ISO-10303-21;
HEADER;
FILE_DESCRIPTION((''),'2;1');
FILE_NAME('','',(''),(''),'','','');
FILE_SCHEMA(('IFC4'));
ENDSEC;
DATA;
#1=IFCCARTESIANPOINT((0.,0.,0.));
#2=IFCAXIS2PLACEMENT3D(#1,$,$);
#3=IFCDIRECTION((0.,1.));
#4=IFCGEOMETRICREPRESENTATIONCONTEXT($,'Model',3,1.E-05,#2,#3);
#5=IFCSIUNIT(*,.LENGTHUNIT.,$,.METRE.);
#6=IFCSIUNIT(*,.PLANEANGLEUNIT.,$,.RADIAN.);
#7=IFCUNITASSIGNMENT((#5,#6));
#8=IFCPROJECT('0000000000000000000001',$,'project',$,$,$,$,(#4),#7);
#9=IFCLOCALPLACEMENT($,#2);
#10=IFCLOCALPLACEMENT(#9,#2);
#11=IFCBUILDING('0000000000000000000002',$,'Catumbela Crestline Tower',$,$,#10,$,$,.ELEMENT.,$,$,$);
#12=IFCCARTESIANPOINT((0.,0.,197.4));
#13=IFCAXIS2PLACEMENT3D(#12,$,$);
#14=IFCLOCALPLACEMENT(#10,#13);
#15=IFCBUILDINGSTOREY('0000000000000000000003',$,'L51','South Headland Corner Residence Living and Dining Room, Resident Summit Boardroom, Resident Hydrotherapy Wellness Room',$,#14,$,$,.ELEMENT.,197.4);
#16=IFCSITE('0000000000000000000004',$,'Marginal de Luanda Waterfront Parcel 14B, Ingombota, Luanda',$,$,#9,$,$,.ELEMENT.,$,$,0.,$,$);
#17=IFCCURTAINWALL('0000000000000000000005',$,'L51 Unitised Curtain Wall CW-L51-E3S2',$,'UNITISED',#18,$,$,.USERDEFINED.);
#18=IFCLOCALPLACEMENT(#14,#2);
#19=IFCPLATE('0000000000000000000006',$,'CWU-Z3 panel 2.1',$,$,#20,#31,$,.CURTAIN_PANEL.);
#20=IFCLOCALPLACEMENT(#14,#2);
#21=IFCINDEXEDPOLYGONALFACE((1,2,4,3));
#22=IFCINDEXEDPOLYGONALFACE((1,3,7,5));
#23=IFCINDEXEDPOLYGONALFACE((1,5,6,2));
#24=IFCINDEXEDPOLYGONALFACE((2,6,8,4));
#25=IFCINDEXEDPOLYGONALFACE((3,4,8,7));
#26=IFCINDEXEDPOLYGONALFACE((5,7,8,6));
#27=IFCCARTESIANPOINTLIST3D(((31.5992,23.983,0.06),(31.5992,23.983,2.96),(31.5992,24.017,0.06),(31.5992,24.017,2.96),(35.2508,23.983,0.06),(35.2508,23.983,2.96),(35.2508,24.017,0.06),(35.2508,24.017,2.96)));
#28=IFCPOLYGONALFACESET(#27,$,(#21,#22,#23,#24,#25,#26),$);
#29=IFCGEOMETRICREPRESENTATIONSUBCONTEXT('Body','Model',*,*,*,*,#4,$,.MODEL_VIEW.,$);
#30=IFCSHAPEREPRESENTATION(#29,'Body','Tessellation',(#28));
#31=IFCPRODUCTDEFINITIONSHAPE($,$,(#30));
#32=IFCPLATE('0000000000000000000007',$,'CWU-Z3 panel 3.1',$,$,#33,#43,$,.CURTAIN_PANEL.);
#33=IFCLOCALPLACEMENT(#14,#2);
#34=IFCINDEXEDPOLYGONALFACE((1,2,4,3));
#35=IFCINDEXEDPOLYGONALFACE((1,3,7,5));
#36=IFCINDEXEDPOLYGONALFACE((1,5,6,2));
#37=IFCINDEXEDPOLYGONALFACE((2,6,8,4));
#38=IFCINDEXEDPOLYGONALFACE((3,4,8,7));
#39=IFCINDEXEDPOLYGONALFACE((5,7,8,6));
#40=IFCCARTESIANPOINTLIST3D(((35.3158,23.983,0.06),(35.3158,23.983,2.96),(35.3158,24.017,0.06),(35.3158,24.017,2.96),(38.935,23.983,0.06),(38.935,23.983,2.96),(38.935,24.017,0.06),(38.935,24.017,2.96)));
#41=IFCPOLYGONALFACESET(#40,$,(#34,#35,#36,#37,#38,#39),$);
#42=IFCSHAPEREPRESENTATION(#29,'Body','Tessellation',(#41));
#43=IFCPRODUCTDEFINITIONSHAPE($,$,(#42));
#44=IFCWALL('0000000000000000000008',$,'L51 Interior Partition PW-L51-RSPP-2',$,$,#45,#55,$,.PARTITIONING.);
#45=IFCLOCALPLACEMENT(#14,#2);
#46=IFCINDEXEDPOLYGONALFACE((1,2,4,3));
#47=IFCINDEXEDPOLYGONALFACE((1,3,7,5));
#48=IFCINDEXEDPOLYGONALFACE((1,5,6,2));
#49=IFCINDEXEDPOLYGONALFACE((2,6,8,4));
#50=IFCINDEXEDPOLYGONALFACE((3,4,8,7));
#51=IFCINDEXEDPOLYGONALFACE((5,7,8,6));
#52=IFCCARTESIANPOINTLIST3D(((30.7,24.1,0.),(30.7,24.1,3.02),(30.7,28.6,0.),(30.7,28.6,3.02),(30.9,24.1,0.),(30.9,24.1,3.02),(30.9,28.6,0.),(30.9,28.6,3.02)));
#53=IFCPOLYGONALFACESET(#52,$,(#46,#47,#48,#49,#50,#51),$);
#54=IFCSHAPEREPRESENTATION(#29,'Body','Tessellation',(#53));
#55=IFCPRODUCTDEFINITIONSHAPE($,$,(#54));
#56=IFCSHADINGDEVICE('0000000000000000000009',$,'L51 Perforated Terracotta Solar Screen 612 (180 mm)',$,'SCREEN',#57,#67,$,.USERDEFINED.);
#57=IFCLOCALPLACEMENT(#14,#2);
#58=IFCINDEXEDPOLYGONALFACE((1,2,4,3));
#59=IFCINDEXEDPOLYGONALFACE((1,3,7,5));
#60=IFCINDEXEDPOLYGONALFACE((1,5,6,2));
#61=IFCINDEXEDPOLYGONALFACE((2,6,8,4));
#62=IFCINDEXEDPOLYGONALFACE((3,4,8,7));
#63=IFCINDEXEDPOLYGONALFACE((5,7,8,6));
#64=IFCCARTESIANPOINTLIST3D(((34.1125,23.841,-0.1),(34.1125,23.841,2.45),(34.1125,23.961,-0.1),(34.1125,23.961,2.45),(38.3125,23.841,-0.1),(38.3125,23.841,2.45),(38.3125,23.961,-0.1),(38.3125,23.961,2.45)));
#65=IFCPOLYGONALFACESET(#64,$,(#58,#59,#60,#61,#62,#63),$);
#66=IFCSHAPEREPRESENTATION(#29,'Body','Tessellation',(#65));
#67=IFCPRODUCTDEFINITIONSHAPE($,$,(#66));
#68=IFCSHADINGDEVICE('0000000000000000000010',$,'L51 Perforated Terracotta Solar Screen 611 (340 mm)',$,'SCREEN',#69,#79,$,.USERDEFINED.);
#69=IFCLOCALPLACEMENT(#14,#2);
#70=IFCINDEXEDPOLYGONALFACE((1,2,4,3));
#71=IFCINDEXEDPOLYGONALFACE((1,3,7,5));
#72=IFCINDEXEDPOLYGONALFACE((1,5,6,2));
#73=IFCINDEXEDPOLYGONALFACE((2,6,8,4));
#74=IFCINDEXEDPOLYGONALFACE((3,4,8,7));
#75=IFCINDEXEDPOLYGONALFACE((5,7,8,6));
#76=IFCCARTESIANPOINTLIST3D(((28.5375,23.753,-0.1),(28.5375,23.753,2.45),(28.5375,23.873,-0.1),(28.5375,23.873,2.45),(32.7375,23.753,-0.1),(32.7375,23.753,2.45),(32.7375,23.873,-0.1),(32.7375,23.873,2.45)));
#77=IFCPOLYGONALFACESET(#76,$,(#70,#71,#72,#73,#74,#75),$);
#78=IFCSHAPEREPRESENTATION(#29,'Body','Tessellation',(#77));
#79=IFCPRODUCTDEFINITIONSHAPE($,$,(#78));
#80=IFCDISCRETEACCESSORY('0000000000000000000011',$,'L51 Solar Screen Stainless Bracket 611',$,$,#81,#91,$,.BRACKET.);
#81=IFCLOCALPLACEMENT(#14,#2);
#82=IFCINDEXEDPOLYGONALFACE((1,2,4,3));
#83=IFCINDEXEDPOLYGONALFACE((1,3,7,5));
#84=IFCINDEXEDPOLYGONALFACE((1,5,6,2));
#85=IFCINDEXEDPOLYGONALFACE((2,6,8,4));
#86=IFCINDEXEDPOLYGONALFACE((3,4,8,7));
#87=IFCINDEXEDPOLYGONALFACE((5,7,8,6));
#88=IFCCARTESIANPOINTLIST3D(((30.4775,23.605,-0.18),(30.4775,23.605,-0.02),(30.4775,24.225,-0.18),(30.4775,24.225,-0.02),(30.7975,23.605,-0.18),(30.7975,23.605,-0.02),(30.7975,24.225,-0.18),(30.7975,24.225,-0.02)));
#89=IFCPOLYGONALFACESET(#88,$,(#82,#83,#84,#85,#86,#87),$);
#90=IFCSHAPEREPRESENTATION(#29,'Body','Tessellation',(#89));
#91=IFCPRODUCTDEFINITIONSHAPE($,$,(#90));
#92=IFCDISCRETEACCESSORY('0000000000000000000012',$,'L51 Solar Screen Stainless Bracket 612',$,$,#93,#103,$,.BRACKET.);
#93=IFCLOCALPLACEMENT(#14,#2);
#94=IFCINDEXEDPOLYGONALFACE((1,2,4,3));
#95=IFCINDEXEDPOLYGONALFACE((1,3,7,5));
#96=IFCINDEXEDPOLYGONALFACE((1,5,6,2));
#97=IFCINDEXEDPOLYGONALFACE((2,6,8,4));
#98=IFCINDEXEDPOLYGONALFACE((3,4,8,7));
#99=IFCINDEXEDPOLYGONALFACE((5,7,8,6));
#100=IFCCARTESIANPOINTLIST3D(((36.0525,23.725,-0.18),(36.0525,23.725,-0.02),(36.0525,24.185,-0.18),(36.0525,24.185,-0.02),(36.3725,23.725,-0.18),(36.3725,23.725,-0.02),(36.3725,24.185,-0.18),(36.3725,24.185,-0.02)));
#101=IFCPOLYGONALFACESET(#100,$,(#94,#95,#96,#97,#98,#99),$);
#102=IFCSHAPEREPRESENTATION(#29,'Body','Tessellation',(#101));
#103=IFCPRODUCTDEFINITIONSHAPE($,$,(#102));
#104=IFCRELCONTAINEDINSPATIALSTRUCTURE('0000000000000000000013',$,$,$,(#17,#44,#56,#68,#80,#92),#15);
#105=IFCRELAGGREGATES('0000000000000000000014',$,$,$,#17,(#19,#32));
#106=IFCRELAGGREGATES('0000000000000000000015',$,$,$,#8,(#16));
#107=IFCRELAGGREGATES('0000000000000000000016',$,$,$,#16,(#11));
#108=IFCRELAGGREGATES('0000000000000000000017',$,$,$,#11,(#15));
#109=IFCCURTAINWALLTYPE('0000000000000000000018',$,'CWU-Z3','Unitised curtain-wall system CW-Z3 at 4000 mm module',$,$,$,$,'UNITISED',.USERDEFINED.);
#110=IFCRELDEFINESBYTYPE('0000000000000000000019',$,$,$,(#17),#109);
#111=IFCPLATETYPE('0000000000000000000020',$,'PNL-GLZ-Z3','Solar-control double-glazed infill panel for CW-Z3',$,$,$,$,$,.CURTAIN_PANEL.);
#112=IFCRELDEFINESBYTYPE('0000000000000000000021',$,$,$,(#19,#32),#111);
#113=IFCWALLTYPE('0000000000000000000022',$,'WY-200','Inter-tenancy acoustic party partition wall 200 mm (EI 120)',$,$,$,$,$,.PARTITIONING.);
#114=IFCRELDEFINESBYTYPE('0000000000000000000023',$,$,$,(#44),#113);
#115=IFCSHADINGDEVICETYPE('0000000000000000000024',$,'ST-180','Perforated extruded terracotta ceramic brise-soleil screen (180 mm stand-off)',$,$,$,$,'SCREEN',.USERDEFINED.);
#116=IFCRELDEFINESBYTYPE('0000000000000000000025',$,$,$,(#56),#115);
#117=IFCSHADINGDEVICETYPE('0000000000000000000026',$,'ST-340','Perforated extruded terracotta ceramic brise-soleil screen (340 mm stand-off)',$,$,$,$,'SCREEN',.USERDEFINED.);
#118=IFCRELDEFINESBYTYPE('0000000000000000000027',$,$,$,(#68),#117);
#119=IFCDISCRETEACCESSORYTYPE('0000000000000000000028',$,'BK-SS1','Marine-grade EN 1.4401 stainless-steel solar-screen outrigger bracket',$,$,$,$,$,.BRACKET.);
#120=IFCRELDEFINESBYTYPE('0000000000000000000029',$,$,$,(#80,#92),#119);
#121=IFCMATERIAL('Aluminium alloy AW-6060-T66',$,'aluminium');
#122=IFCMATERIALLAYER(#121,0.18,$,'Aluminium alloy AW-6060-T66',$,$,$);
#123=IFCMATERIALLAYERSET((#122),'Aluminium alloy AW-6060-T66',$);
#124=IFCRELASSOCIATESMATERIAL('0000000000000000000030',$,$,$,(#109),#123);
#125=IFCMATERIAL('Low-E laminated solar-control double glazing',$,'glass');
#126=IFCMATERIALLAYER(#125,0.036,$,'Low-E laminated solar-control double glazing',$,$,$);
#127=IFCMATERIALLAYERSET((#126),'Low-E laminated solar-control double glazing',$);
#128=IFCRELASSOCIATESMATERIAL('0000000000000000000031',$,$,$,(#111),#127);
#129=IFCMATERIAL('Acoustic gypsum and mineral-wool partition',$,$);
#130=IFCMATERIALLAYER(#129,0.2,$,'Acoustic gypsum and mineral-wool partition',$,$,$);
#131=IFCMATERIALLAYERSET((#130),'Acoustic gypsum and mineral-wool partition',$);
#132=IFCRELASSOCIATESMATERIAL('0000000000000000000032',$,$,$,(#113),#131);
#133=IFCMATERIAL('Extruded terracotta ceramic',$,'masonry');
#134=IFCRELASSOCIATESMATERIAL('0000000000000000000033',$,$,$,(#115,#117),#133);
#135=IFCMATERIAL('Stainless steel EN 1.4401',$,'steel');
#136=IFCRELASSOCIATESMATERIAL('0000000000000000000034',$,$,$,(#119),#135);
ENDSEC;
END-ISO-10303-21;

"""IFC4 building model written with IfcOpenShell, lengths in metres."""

from ifc_helpers import new_model, si_unit, direction, frame, frame_2d, origin, origin_2d, place, context, subcontext, project, spatial, rectangle, extrude, material, layer, layer_set, type_object, element, aggregate, save


model = new_model("IFC4")

# Units and contexts
model_context = context("Model", 3, precision=1e-05, world=origin(), true_north=direction((0.0, 1.0)))
body_context = subcontext(model_context, "Body", "Model", "MODEL_VIEW")
ifc_project = project(units=[si_unit("LENGTHUNIT", "METRE"), si_unit("PLANEANGLEUNIT", "RADIAN")], contexts=[model_context])

# Site, building, storey
site_placement = place(None, origin())
site = spatial("IfcSite", under=ifc_project, at=site_placement, Name="Marginal de Luanda Waterfront Parcel 14B, Ingombota, Luanda", CompositionType="ELEMENT", RefElevation=0.0)
building_placement = place(site_placement, origin())
building = spatial("IfcBuilding", under=site, at=building_placement, Name="Catumbela Crestline Tower", CompositionType="ELEMENT")
storey_placement = place(building_placement, frame((0.0, 0.0, 197.4)))
storey = spatial("IfcBuildingStorey", under=building, at=storey_placement, Name="L51", Description="South Headland Corner Residence Living and Dining Room, Resident Summit Boardroom, Resident Hydrotherapy Wellness Room", CompositionType="ELEMENT", Elevation=197.4)

# Curtain wall
ifc_material_1 = material(Name="Aluminium alloy AW-6060-T66", Category="aluminium")
ifc_layer_1 = layer(ifc_material_1, 0.18, Name="Aluminium alloy AW-6060-T66")
ifc_layer_set_1 = layer_set([ifc_layer_1], Name="Aluminium alloy AW-6060-T66")
curtain_wall_type = type_object("IfcCurtainWallType", Name="CWU-Z3", Description="Unitised curtain-wall system CW-Z3 at 4000 mm module", ElementType="UNITISED", PredefinedType="USERDEFINED", material=ifc_layer_set_1)
curtain_wall_placement = place(storey_placement, origin())
curtain_wall = element("IfcCurtainWall", 1, at=curtain_wall_placement, inside=storey, type_object=curtain_wall_type, Name="L51 Unitised Curtain Wall CW-L51-E3S2", ObjectType="UNITISED", PredefinedType="USERDEFINED")

# Plates
ifc_material_2 = material(Name="Low-E laminated solar-control double glazing", Category="glass")
ifc_layer_2 = layer(ifc_material_2, 0.036, Name="Low-E laminated solar-control double glazing")
ifc_layer_set_2 = layer_set([ifc_layer_2], Name="Low-E laminated solar-control double glazing")
plate_type = type_object("IfcPlateType", Name="PNL-GLZ-Z3", Description="Solar-control double-glazed infill panel for CW-Z3", PredefinedType="CURTAIN_PANEL", material=ifc_layer_set_2)
plate_1_placement = place(storey_placement, frame((33.425, 24.0, 0.06), z_axis=(0.0, 0.0, 1.0), x_axis=(1.0, 0.0, 0.0)))
plate_1 = element("IfcPlate", 2, at=plate_1_placement, type_object=plate_type, Name="CWU-Z3 panel 2.1", PredefinedType="CURTAIN_PANEL", context=body_context, shape_type="SweptSolid", body=[
    extrude(rectangle(XDim=3.6517, YDim=0.034, at=origin_2d()), origin(), (0.0, 0.0, 1.0), 2.9),
])
plate_2_placement = place(storey_placement, frame((37.1254, 24.0, 0.06), z_axis=(0.0, 0.0, 1.0), x_axis=(1.0, 0.0, 0.0)))
plate_2 = element("IfcPlate", 3, at=plate_2_placement, type_object=plate_type, Name="CWU-Z3 panel 3.1", PredefinedType="CURTAIN_PANEL", context=body_context, shape_type="SweptSolid", body=[
    extrude(rectangle(XDim=3.6192, YDim=0.034, at=origin_2d()), origin(), (0.0, 0.0, 1.0), 2.9),
])
aggregate(curtain_wall, [plate_1, plate_2])

# Wall
ifc_material_3 = material(Name="Acoustic gypsum and mineral-wool partition")
ifc_layer_3 = layer(ifc_material_3, 0.2, Name="Acoustic gypsum and mineral-wool partition")
ifc_layer_set_3 = layer_set([ifc_layer_3], Name="Acoustic gypsum and mineral-wool partition")
wall_type = type_object("IfcWallType", Name="WY-200", Description="Inter-tenancy acoustic party partition wall 200 mm (EI 120)", PredefinedType="PARTITIONING", material=ifc_layer_set_3)
wall_placement = place(storey_placement, frame((30.8, 24.1, 0.0), z_axis=(0.0, 0.0, 1.0), x_axis=(0.0, 1.0, 0.0)))
element("IfcWall", 4, at=wall_placement, inside=storey, type_object=wall_type, Name="L51 Interior Partition PW-L51-RSPP-2", PredefinedType="PARTITIONING", context=body_context, shape_type="SweptSolid", body=[
    extrude(rectangle(XDim=4.5, YDim=0.2, at=frame_2d((2.25, 0.0))), origin(), (0.0, 0.0, 1.0), 3.02),
])

# Shading devices
ifc_material_4 = material(Name="Extruded terracotta ceramic", Category="masonry")
shading_device_type_1 = type_object("IfcShadingDeviceType", Name="ST-180", Description="Perforated extruded terracotta ceramic brise-soleil screen (180 mm stand-off)", ElementType="SCREEN", PredefinedType="USERDEFINED", material=ifc_material_4)
shading_device_1_placement = place(storey_placement, frame((36.2125, 23.901, -0.1), z_axis=(0.0, 0.0, 1.0), x_axis=(1.0, 0.0, 0.0)))
element("IfcShadingDevice", 5, at=shading_device_1_placement, inside=storey, type_object=shading_device_type_1, Name="L51 Perforated Terracotta Solar Screen 612 (180 mm)", ObjectType="SCREEN", PredefinedType="USERDEFINED", context=body_context, shape_type="SweptSolid", body=[
    extrude(rectangle(XDim=4.2, YDim=0.12, at=origin_2d()), origin(), (0.0, 0.0, 1.0), 2.55),
])
shading_device_type_2 = type_object("IfcShadingDeviceType", Name="ST-340", Description="Perforated extruded terracotta ceramic brise-soleil screen (340 mm stand-off)", ElementType="SCREEN", PredefinedType="USERDEFINED", material=ifc_material_4)
shading_device_2_placement = place(storey_placement, frame((30.6375, 23.813, -0.1), z_axis=(0.0, 0.0, 1.0), x_axis=(1.0, 0.0, 0.0)))
element("IfcShadingDevice", 6, at=shading_device_2_placement, inside=storey, type_object=shading_device_type_2, Name="L51 Perforated Terracotta Solar Screen 611 (340 mm)", ObjectType="SCREEN", PredefinedType="USERDEFINED", context=body_context, shape_type="SweptSolid", body=[
    extrude(rectangle(XDim=4.2, YDim=0.12, at=origin_2d()), origin(), (0.0, 0.0, 1.0), 2.55),
])

# Discrete accessories
ifc_material_5 = material(Name="Stainless steel EN 1.4401", Category="steel")
discrete_accessory_type = type_object("IfcDiscreteAccessoryType", Name="BK-SS1", Description="Marine-grade EN 1.4401 stainless-steel solar-screen outrigger bracket", PredefinedType="BRACKET", material=ifc_material_5)
discrete_accessory_1_placement = place(storey_placement, frame((30.6375, 23.915, -0.18), z_axis=(0.0, 0.0, 1.0), x_axis=(1.0, 0.0, 0.0)))
element("IfcDiscreteAccessory", 7, at=discrete_accessory_1_placement, inside=storey, type_object=discrete_accessory_type, Name="L51 Solar Screen Stainless Bracket 611", PredefinedType="BRACKET", context=body_context, shape_type="SweptSolid", body=[
    extrude(rectangle(XDim=0.32, YDim=0.62, at=origin_2d()), origin(), (0.0, 0.0, 1.0), 0.16),
])
discrete_accessory_2_placement = place(storey_placement, frame((36.2125, 23.955, -0.18), z_axis=(0.0, 0.0, 1.0), x_axis=(1.0, 0.0, 0.0)))
element("IfcDiscreteAccessory", 8, at=discrete_accessory_2_placement, inside=storey, type_object=discrete_accessory_type, Name="L51 Solar Screen Stainless Bracket 612", PredefinedType="BRACKET", context=body_context, shape_type="SweptSolid", body=[
    extrude(rectangle(XDim=0.32, YDim=0.46, at=origin_2d()), origin(), (0.0, 0.0, 1.0), 0.16),
])

save(model, "model.ifc")
